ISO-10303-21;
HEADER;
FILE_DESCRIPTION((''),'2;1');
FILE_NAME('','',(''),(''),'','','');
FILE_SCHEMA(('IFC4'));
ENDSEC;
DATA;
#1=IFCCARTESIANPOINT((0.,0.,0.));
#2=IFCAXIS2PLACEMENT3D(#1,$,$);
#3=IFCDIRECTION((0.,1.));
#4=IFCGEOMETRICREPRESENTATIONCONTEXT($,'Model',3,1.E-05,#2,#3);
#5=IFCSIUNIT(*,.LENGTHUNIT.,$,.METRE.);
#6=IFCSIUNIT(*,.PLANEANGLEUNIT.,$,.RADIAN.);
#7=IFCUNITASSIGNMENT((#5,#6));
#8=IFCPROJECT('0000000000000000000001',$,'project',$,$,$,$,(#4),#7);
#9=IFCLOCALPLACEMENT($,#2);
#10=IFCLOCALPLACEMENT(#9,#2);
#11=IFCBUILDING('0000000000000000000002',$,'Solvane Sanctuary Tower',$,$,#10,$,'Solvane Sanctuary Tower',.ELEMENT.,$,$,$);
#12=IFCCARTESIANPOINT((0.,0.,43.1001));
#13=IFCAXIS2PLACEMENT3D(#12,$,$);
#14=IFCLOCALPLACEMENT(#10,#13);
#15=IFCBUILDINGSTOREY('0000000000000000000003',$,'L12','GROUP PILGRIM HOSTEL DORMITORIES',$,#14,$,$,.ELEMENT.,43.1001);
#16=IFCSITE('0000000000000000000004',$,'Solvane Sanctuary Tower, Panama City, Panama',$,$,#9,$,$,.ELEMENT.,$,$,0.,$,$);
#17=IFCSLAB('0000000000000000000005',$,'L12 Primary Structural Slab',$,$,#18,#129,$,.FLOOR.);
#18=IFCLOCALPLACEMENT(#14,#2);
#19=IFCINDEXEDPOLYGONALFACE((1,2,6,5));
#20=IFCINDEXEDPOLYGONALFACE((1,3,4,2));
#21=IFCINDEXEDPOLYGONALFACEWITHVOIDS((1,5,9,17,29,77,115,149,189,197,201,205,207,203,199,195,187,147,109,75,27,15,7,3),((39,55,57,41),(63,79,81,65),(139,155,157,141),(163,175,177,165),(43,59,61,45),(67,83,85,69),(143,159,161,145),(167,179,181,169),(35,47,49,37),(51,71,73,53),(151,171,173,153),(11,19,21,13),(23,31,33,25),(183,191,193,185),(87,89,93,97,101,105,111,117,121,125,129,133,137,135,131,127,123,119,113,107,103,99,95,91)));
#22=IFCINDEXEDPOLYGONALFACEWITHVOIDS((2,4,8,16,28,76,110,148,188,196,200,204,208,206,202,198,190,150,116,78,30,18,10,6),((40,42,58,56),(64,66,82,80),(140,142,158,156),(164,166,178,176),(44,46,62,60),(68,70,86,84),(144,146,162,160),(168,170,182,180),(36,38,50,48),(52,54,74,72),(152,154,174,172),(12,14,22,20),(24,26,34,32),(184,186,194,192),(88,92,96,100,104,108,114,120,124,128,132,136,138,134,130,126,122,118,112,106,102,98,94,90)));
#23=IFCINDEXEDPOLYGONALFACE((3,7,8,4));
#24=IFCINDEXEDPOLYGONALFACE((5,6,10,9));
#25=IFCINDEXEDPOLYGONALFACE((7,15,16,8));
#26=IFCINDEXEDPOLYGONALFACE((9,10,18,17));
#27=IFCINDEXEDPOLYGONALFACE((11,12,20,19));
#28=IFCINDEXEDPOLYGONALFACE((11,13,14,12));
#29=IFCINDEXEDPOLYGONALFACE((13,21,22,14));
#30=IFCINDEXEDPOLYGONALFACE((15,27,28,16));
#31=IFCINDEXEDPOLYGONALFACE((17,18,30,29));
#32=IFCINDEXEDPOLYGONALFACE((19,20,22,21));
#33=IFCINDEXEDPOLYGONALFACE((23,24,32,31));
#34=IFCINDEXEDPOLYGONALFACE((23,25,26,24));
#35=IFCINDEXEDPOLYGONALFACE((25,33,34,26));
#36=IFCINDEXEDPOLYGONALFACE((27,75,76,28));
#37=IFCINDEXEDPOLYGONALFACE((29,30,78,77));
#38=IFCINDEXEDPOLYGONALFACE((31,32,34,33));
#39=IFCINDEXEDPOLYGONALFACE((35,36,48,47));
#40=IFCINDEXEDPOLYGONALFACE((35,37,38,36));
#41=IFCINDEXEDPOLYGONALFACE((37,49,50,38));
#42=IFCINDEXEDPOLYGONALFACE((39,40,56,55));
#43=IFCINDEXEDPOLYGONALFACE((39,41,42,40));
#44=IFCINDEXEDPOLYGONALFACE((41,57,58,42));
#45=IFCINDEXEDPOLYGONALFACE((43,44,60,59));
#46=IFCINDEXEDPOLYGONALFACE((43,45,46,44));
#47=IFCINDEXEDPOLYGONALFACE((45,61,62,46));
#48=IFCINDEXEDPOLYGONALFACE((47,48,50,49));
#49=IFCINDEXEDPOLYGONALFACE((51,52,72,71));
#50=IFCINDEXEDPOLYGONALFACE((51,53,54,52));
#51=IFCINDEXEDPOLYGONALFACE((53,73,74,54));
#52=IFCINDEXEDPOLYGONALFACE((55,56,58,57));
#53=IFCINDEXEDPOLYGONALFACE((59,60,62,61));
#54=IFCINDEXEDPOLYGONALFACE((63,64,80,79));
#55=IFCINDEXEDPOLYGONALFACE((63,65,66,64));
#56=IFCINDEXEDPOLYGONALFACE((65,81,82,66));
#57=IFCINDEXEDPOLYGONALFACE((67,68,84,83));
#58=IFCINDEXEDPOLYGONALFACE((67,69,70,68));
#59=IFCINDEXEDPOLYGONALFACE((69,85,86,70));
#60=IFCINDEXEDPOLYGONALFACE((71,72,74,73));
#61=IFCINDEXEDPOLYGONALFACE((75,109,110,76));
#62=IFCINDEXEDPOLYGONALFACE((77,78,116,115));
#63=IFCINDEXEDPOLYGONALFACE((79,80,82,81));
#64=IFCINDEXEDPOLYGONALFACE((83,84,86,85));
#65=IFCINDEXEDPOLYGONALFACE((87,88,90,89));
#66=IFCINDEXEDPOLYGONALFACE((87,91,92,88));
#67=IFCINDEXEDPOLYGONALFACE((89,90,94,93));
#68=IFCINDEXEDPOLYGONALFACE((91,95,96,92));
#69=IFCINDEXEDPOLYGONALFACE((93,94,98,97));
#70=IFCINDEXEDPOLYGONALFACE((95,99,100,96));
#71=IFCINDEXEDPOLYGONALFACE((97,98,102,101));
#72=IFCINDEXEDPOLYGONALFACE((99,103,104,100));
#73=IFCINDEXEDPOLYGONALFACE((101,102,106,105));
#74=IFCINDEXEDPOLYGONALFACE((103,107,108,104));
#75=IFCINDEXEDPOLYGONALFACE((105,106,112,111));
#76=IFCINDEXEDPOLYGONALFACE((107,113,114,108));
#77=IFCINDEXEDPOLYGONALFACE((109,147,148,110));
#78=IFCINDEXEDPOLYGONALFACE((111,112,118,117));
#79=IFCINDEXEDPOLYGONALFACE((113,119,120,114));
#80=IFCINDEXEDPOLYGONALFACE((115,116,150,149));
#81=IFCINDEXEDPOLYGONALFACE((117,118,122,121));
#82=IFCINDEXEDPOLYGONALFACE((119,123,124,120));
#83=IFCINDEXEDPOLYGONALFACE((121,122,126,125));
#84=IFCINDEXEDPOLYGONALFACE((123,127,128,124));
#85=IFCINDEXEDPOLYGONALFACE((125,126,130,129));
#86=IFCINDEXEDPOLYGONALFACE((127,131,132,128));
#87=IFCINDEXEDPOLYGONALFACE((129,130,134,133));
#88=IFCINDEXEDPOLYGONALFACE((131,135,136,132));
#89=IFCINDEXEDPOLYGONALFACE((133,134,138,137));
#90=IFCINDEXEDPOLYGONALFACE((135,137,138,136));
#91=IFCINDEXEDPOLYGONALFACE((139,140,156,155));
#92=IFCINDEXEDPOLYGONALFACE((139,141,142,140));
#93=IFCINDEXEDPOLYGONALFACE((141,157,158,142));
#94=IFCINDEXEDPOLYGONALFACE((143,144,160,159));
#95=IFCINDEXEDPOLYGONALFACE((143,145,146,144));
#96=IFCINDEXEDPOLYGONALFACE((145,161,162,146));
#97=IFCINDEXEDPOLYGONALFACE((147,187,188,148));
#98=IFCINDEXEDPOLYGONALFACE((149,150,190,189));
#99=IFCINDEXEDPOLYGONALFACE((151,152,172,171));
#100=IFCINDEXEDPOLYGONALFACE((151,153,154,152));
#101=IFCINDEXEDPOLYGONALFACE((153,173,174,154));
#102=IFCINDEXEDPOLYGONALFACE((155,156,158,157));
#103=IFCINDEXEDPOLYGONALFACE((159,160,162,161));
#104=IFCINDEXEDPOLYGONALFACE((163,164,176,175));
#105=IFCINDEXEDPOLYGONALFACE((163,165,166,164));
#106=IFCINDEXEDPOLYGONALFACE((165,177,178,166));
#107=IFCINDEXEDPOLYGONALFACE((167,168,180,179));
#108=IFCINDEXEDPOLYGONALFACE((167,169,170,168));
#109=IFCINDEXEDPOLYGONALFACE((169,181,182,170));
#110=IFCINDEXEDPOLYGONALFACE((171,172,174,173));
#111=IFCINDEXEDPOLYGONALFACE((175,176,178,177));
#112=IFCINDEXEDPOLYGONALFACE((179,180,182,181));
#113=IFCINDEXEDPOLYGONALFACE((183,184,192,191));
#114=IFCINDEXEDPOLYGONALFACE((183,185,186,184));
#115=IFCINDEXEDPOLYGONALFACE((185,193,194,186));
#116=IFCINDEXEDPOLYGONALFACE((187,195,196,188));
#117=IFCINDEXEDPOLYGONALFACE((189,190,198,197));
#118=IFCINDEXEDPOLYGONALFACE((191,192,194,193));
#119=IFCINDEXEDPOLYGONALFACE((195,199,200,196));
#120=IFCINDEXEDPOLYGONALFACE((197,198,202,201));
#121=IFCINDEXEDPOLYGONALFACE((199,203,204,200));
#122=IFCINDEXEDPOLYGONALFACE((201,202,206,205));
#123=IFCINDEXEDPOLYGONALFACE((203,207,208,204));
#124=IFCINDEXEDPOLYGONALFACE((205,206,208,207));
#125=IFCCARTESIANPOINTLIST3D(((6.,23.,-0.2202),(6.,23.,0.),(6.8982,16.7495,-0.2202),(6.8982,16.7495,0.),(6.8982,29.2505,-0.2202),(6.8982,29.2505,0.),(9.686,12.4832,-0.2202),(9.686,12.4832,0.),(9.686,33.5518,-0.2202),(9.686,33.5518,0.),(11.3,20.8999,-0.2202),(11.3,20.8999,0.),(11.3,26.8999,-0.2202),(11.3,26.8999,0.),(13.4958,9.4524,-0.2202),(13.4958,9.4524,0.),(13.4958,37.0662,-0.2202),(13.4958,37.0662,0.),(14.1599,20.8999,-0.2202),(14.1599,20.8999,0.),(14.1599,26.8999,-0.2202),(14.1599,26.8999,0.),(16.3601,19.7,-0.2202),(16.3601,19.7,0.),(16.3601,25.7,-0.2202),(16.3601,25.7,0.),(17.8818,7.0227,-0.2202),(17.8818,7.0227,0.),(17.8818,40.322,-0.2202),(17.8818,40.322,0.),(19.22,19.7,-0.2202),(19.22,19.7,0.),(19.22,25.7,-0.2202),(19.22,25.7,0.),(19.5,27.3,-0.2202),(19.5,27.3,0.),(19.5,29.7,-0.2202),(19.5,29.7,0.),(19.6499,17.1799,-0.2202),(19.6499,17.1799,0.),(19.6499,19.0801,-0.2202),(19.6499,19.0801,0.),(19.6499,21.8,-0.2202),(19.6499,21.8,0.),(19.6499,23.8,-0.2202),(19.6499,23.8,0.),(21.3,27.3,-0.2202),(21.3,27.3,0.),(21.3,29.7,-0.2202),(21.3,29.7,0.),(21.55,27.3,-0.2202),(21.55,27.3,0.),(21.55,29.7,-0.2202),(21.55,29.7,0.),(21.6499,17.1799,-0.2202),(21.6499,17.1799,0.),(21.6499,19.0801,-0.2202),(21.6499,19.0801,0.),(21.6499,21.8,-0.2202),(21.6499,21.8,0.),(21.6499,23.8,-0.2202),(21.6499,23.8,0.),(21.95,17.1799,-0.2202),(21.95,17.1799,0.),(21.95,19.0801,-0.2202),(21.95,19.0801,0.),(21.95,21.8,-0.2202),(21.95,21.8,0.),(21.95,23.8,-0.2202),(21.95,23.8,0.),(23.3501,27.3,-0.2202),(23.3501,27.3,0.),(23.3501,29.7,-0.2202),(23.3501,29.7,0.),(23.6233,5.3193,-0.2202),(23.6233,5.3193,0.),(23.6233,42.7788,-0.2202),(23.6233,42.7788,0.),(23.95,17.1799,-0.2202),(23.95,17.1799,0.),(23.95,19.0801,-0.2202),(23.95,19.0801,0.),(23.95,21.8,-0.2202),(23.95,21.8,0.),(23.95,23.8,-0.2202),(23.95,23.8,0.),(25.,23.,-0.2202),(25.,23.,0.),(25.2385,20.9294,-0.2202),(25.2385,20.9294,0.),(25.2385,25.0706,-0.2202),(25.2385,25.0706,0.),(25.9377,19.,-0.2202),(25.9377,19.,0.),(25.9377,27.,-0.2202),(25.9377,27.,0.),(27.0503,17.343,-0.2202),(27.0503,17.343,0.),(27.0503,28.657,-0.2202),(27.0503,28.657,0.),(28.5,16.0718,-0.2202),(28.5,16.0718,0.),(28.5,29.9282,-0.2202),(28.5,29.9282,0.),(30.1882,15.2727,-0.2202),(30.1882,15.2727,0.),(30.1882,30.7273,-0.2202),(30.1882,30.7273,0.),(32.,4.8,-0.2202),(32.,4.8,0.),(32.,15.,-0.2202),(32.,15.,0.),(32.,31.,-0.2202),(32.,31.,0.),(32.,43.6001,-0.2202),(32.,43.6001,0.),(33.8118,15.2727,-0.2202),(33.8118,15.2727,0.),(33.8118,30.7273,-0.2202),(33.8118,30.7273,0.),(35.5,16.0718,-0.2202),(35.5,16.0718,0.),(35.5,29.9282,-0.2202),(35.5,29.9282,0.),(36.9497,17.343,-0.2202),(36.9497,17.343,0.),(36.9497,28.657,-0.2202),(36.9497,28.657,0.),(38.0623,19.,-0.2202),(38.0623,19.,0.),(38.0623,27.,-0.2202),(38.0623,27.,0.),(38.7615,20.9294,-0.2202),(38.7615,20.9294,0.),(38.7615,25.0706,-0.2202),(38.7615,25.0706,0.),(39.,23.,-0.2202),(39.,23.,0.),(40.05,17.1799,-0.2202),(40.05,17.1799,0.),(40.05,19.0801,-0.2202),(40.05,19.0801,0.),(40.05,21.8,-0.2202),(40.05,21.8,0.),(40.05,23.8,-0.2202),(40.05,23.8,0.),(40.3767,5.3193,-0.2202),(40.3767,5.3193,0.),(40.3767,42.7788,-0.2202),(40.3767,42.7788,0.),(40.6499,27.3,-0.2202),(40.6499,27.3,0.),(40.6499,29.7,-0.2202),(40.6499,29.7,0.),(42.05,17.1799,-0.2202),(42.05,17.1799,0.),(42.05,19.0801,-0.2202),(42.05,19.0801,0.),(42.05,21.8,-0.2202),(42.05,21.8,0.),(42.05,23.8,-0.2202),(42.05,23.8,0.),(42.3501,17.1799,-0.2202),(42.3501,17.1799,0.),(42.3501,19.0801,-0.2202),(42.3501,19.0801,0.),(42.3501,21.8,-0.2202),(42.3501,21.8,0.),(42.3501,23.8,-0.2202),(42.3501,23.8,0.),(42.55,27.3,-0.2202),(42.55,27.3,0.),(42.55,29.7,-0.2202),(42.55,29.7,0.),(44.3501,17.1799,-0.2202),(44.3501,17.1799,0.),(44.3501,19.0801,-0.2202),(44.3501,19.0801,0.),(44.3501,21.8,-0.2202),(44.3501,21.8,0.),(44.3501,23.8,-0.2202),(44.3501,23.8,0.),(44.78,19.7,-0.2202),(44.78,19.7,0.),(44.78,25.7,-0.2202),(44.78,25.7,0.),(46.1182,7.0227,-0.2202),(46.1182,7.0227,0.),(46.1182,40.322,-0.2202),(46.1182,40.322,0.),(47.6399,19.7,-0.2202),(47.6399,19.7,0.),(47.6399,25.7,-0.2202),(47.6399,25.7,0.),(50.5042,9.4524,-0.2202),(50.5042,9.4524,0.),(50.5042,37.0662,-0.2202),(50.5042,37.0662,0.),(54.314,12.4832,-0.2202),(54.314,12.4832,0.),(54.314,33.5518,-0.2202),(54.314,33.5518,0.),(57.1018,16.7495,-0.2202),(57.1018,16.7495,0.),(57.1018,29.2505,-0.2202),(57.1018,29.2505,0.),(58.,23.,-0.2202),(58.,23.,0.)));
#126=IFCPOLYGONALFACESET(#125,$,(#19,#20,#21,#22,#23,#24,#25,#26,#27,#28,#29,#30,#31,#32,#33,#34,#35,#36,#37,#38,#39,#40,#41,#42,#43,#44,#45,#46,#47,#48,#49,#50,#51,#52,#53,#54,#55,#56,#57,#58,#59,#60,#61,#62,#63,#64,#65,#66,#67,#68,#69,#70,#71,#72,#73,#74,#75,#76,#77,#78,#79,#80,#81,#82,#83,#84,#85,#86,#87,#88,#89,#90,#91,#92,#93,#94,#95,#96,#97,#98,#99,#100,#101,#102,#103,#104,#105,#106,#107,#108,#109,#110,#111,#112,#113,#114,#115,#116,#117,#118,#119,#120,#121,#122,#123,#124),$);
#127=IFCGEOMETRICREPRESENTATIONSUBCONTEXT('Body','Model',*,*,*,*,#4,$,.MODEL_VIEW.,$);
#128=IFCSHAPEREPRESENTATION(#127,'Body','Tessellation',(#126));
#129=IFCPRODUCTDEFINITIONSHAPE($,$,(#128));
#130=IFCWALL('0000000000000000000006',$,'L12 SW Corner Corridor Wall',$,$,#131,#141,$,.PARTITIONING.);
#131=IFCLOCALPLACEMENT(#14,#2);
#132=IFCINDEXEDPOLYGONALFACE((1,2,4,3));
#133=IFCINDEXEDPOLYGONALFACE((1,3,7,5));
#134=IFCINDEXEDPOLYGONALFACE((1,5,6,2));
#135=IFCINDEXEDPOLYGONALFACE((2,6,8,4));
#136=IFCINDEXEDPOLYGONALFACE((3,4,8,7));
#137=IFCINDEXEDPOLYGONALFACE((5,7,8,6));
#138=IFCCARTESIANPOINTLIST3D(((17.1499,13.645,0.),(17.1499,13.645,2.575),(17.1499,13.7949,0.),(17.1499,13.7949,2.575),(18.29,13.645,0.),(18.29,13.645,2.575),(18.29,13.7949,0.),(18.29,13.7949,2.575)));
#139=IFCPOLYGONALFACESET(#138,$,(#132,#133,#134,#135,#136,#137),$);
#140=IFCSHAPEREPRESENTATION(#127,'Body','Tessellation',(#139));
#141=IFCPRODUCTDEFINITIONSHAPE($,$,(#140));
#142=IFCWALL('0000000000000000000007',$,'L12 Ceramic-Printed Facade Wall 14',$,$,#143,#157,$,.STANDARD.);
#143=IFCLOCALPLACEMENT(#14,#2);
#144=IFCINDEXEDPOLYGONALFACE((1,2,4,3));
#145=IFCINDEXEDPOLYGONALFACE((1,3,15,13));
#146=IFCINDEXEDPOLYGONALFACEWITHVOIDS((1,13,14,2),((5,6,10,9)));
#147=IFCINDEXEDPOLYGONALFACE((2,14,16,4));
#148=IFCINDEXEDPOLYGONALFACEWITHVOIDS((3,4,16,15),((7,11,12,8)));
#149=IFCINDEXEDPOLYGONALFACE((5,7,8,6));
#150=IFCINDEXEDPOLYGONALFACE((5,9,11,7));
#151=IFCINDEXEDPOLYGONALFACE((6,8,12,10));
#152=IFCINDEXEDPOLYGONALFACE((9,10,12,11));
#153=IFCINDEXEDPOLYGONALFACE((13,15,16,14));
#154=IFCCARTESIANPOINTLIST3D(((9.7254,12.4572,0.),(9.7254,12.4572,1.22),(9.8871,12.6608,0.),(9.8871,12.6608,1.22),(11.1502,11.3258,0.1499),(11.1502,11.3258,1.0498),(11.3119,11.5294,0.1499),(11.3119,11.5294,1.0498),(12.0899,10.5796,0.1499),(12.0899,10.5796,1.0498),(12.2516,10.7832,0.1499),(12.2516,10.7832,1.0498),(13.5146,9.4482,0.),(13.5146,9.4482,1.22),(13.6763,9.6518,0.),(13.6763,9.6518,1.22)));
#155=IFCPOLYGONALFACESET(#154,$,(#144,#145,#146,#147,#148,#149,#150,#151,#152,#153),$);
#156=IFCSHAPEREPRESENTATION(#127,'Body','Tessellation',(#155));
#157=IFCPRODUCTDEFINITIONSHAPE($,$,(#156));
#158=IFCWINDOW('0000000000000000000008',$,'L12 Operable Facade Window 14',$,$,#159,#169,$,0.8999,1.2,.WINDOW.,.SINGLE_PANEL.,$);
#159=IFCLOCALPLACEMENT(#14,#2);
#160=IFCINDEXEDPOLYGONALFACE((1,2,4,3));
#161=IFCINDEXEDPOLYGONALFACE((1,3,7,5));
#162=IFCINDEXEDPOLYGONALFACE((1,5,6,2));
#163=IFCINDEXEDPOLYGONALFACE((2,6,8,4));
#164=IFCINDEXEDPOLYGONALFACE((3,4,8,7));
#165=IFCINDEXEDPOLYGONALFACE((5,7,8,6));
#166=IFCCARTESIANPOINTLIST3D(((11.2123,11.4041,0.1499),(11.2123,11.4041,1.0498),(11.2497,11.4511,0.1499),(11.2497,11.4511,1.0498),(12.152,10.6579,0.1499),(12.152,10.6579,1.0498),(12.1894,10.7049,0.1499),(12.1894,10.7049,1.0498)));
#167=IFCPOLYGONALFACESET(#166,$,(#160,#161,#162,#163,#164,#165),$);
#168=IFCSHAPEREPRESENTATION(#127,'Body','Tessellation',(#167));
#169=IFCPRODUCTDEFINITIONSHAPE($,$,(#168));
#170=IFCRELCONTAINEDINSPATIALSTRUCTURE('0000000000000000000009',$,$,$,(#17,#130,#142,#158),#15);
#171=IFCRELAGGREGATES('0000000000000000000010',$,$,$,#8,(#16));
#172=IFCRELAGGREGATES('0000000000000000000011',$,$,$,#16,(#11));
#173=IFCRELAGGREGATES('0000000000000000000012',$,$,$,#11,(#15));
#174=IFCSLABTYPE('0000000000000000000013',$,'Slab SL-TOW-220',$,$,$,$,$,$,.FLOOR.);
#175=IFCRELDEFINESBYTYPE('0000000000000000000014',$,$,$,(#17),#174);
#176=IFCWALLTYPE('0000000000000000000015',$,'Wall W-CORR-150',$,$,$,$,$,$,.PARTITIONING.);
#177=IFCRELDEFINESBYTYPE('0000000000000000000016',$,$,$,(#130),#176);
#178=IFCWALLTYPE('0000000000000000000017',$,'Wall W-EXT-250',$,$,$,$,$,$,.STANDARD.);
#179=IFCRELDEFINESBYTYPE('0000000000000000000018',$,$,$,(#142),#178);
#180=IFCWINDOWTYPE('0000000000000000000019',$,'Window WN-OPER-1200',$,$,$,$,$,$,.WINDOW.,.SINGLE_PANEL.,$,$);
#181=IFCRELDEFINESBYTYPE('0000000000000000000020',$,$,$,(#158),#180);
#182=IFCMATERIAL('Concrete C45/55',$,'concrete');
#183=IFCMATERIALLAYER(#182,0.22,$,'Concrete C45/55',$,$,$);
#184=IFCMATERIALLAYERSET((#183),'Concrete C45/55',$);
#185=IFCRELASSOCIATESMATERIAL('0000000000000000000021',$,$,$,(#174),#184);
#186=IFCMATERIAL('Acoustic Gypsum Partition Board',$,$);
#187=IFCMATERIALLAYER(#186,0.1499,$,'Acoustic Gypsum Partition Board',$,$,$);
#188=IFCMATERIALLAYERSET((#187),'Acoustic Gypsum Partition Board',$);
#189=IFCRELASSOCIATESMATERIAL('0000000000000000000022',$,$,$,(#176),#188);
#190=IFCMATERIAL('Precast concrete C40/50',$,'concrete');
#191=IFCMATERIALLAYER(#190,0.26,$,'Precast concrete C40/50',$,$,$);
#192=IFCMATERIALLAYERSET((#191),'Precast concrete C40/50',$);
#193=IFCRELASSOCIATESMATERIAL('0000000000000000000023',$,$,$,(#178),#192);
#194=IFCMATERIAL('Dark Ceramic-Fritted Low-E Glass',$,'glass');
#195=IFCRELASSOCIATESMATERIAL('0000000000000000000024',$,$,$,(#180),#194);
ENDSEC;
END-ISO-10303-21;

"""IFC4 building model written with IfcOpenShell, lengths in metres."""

from ifc_helpers import new_model, si_unit, direction, frame, frame_2d, origin, place, context, subcontext, project, spatial, polyline, rectangle, outline, extrude, material, layer, layer_set, type_object, element, fill, save


model = new_model("IFC4")

# Units and contexts
model_context = context("Model", 3, precision=1e-05, world=origin(), true_north=direction((0.0, 1.0)))
body_context = subcontext(model_context, "Body", "Model", "MODEL_VIEW")
ifc_project = project(units=[si_unit("LENGTHUNIT", "METRE"), si_unit("PLANEANGLEUNIT", "RADIAN")], contexts=[model_context])

# Site, building, storey
site_placement = place(None, origin())
site = spatial("IfcSite", under=ifc_project, at=site_placement, Name="Solvane Sanctuary Tower, Panama City, Panama", CompositionType="ELEMENT", RefElevation=0.0)
building_placement = place(site_placement, origin())
building = spatial("IfcBuilding", under=site, at=building_placement, Name="Solvane Sanctuary Tower", LongName="Solvane Sanctuary Tower", CompositionType="ELEMENT")
storey_placement = place(building_placement, frame((0.0, 0.0, 43.1001)))
storey = spatial("IfcBuildingStorey", under=building, at=storey_placement, Name="L12", Description="GROUP PILGRIM HOSTEL DORMITORIES", CompositionType="ELEMENT", Elevation=43.1001)

# Shared definitions
ifc_material_1 = material(Name="Concrete C45/55", Category="concrete")

# Slab
ifc_layer_1 = layer(ifc_material_1, 0.22, Name="Concrete C45/55")
ifc_layer_set_1 = layer_set([ifc_layer_1], Name="Concrete C45/55")
slab_type_1 = type_object("IfcSlabType", Name="Slab SL-TOW-220", PredefinedType="FLOOR", material=ifc_layer_set_1)
slab_1_placement = place(storey_placement, frame((0.0, 0.0, -0.2202)))
element("IfcSlab", 1, at=slab_1_placement, inside=storey, type_object=slab_type_1, Name="L12 Primary Structural Slab", PredefinedType="FLOOR", context=body_context, shape_type="SweptSolid", body=[
    extrude(outline(polyline([(58.0, 23.0), (57.1018, 29.2505), (54.314, 33.5518), (50.5042, 37.0662), (46.1182, 40.322), (40.3767, 42.7788), (32.0, 43.6001), (23.6233, 42.7788), (17.8818, 40.322), (13.4958, 37.0662), (9.686, 33.5518), (6.8982, 29.2505), (6.0, 23.0), (6.8982, 16.7495), (9.686, 12.4832), (13.4958, 9.4524), (17.8818, 7.0227), (23.6233, 5.3193), (32.0, 4.8), (40.3767, 5.3193), (46.1182, 7.0227), (50.5042, 9.4524), (54.314, 12.4832), (57.1018, 16.7495), (58.0, 23.0)]), holes=[polyline([(38.7615, 20.9294), (38.0623, 19.0), (36.9497, 17.343), (35.5, 16.0718), (33.8118, 15.2727), (32.0, 15.0), (30.1882, 15.2727), (28.5, 16.0718), (27.0503, 17.343), (25.9377, 19.0), (25.2385, 20.9294), (25.0, 23.0), (25.2385, 25.0706), (25.9377, 27.0), (27.0503, 28.657), (28.5, 29.9282), (30.1882, 30.7273), (32.0, 31.0), (33.8118, 30.7273), (35.5, 29.9282), (36.9497, 28.657), (38.0623, 27.0), (38.7615, 25.0706), (39.0, 23.0), (38.7615, 20.9294)]), polyline([(16.3601, 19.7), (16.3601, 25.7), (19.22, 25.7), (19.22, 19.7), (16.3601, 19.7)]), polyline([(44.78, 19.7), (44.78, 25.7), (47.6399, 25.7), (47.6399, 19.7), (44.78, 19.7)]), polyline([(11.3, 20.8999), (11.3, 26.8999), (14.1599, 26.8999), (14.1599, 20.8999), (11.3, 20.8999)]), polyline([(19.6499, 19.0801), (21.6499, 19.0801), (21.6499, 17.1799), (19.6499, 17.1799), (19.6499, 19.0801)]), polyline([(21.95, 19.0801), (23.95, 19.0801), (23.95, 17.1799), (21.95, 17.1799), (21.95, 19.0801)]), polyline([(40.05, 19.0801), (42.05, 19.0801), (42.05, 17.1799), (40.05, 17.1799), (40.05, 19.0801)]), polyline([(42.3501, 19.0801), (44.3501, 19.0801), (44.3501, 17.1799), (42.3501, 17.1799), (42.3501, 19.0801)]), polyline([(19.6499, 23.8), (21.6499, 23.8), (21.6499, 21.8), (19.6499, 21.8), (19.6499, 23.8)]), polyline([(42.3501, 23.8), (44.3501, 23.8), (44.3501, 21.8), (42.3501, 21.8), (42.3501, 23.8)]), polyline([(21.95, 23.8), (23.95, 23.8), (23.95, 21.8), (21.95, 21.8), (21.95, 23.8)]), polyline([(40.05, 23.8), (42.05, 23.8), (42.05, 21.8), (40.05, 21.8), (40.05, 23.8)]), polyline([(19.5, 29.7), (21.3, 29.7), (21.3, 27.3), (19.5, 27.3), (19.5, 29.7)]), polyline([(21.55, 29.7), (23.3501, 29.7), (23.3501, 27.3), (21.55, 27.3), (21.55, 29.7)]), polyline([(40.6499, 29.7), (42.55, 29.7), (42.55, 27.3), (40.6499, 27.3), (40.6499, 29.7)])]), origin(), (0.0, 0.0, 1.0), 0.2202),
])

# Wall
ifc_material_2 = material(Name="Acoustic Gypsum Partition Board")
ifc_layer_2 = layer(ifc_material_2, 0.1499, Name="Acoustic Gypsum Partition Board")
ifc_layer_set_2 = layer_set([ifc_layer_2], Name="Acoustic Gypsum Partition Board")
wall_type_1 = type_object("IfcWallType", Name="Wall W-CORR-150", PredefinedType="PARTITIONING", material=ifc_layer_set_2)
wall_1_placement = place(storey_placement, frame((17.1499, 13.72, 0.0), z_axis=(0.0, 0.0, 1.0), x_axis=(1.0, 0.0, 0.0)))
element("IfcWall", 2, at=wall_1_placement, inside=storey, type_object=wall_type_1, Name="L12 SW Corner Corridor Wall", PredefinedType="PARTITIONING", context=body_context, shape_type="SweptSolid", body=[
    extrude(rectangle(XDim=1.1401, YDim=0.1499, at=frame_2d((0.5701, 0.0))), origin(), (0.0, 0.0, 1.0), 2.575),
])

# Wall, opening, window
ifc_material_3 = material(Name="Precast concrete C40/50", Category="concrete")
ifc_layer_3 = layer(ifc_material_3, 0.26, Name="Precast concrete C40/50")
ifc_layer_set_3 = layer_set([ifc_layer_3], Name="Precast concrete C40/50")
wall_type_2 = type_object("IfcWallType", Name="Wall W-EXT-250", PredefinedType="STANDARD", material=ifc_layer_set_3)
wall_2_placement = place(storey_placement, frame((9.8062, 12.5591, 0.0), z_axis=(0.0, 0.0, 1.0), x_axis=(0.783123, -0.621867, 0.0)))
wall_2 = element("IfcWall", 3, at=wall_2_placement, inside=storey, type_object=wall_type_2, Name="L12 Ceramic-Printed Facade Wall 14", PredefinedType="STANDARD", context=body_context, shape_type="SweptSolid", body=[
    extrude(rectangle(XDim=4.8386, YDim=0.26, at=frame_2d((2.4194, 0.0))), origin(), (0.0, 0.0, 1.0), 1.22),
])
opening_placement = place(wall_2_placement, frame((1.8193, 0.0, 0.1499)))
opening = element("IfcOpeningElement", 4, at=opening_placement, cuts=wall_2, PredefinedType="OPENING", context=body_context, shape_type="SweptSolid", body=[
    extrude(rectangle(XDim=1.2, YDim=0.8999, at=frame_2d((0.6001, 0.45))), frame((0.0, 0.1399, 0.0), z_axis=(0.0, -1.0, 0.0), x_axis=(1.0, 0.0, 0.0)), (0.0, 0.0, 1.0), 0.28),
])
ifc_material_4 = material(Name="Dark Ceramic-Fritted Low-E Glass", Category="glass")
window_type = type_object("IfcWindowType", Name="Window WN-OPER-1200", PartitioningType="SINGLE_PANEL", PredefinedType="WINDOW", material=ifc_material_4)
window_placement = place(opening_placement, origin())
window = element("IfcWindow", 5, at=window_placement, inside=storey, type_object=window_type, Name="L12 Operable Facade Window 14", OverallHeight=0.8999, OverallWidth=1.2, PartitioningType="SINGLE_PANEL", PredefinedType="WINDOW", context=body_context, shape_type="SweptSolid", body=[
    extrude(rectangle(XDim=1.2, YDim=0.8999, at=frame_2d((0.6001, 0.45))), frame((0.0, 0.03, 0.0), z_axis=(0.0, -1.0, 0.0), x_axis=(1.0, 0.0, 0.0)), (0.0, 0.0, 1.0), 0.0601),
])
fill(opening, window)

save(model, "model.ifc")
